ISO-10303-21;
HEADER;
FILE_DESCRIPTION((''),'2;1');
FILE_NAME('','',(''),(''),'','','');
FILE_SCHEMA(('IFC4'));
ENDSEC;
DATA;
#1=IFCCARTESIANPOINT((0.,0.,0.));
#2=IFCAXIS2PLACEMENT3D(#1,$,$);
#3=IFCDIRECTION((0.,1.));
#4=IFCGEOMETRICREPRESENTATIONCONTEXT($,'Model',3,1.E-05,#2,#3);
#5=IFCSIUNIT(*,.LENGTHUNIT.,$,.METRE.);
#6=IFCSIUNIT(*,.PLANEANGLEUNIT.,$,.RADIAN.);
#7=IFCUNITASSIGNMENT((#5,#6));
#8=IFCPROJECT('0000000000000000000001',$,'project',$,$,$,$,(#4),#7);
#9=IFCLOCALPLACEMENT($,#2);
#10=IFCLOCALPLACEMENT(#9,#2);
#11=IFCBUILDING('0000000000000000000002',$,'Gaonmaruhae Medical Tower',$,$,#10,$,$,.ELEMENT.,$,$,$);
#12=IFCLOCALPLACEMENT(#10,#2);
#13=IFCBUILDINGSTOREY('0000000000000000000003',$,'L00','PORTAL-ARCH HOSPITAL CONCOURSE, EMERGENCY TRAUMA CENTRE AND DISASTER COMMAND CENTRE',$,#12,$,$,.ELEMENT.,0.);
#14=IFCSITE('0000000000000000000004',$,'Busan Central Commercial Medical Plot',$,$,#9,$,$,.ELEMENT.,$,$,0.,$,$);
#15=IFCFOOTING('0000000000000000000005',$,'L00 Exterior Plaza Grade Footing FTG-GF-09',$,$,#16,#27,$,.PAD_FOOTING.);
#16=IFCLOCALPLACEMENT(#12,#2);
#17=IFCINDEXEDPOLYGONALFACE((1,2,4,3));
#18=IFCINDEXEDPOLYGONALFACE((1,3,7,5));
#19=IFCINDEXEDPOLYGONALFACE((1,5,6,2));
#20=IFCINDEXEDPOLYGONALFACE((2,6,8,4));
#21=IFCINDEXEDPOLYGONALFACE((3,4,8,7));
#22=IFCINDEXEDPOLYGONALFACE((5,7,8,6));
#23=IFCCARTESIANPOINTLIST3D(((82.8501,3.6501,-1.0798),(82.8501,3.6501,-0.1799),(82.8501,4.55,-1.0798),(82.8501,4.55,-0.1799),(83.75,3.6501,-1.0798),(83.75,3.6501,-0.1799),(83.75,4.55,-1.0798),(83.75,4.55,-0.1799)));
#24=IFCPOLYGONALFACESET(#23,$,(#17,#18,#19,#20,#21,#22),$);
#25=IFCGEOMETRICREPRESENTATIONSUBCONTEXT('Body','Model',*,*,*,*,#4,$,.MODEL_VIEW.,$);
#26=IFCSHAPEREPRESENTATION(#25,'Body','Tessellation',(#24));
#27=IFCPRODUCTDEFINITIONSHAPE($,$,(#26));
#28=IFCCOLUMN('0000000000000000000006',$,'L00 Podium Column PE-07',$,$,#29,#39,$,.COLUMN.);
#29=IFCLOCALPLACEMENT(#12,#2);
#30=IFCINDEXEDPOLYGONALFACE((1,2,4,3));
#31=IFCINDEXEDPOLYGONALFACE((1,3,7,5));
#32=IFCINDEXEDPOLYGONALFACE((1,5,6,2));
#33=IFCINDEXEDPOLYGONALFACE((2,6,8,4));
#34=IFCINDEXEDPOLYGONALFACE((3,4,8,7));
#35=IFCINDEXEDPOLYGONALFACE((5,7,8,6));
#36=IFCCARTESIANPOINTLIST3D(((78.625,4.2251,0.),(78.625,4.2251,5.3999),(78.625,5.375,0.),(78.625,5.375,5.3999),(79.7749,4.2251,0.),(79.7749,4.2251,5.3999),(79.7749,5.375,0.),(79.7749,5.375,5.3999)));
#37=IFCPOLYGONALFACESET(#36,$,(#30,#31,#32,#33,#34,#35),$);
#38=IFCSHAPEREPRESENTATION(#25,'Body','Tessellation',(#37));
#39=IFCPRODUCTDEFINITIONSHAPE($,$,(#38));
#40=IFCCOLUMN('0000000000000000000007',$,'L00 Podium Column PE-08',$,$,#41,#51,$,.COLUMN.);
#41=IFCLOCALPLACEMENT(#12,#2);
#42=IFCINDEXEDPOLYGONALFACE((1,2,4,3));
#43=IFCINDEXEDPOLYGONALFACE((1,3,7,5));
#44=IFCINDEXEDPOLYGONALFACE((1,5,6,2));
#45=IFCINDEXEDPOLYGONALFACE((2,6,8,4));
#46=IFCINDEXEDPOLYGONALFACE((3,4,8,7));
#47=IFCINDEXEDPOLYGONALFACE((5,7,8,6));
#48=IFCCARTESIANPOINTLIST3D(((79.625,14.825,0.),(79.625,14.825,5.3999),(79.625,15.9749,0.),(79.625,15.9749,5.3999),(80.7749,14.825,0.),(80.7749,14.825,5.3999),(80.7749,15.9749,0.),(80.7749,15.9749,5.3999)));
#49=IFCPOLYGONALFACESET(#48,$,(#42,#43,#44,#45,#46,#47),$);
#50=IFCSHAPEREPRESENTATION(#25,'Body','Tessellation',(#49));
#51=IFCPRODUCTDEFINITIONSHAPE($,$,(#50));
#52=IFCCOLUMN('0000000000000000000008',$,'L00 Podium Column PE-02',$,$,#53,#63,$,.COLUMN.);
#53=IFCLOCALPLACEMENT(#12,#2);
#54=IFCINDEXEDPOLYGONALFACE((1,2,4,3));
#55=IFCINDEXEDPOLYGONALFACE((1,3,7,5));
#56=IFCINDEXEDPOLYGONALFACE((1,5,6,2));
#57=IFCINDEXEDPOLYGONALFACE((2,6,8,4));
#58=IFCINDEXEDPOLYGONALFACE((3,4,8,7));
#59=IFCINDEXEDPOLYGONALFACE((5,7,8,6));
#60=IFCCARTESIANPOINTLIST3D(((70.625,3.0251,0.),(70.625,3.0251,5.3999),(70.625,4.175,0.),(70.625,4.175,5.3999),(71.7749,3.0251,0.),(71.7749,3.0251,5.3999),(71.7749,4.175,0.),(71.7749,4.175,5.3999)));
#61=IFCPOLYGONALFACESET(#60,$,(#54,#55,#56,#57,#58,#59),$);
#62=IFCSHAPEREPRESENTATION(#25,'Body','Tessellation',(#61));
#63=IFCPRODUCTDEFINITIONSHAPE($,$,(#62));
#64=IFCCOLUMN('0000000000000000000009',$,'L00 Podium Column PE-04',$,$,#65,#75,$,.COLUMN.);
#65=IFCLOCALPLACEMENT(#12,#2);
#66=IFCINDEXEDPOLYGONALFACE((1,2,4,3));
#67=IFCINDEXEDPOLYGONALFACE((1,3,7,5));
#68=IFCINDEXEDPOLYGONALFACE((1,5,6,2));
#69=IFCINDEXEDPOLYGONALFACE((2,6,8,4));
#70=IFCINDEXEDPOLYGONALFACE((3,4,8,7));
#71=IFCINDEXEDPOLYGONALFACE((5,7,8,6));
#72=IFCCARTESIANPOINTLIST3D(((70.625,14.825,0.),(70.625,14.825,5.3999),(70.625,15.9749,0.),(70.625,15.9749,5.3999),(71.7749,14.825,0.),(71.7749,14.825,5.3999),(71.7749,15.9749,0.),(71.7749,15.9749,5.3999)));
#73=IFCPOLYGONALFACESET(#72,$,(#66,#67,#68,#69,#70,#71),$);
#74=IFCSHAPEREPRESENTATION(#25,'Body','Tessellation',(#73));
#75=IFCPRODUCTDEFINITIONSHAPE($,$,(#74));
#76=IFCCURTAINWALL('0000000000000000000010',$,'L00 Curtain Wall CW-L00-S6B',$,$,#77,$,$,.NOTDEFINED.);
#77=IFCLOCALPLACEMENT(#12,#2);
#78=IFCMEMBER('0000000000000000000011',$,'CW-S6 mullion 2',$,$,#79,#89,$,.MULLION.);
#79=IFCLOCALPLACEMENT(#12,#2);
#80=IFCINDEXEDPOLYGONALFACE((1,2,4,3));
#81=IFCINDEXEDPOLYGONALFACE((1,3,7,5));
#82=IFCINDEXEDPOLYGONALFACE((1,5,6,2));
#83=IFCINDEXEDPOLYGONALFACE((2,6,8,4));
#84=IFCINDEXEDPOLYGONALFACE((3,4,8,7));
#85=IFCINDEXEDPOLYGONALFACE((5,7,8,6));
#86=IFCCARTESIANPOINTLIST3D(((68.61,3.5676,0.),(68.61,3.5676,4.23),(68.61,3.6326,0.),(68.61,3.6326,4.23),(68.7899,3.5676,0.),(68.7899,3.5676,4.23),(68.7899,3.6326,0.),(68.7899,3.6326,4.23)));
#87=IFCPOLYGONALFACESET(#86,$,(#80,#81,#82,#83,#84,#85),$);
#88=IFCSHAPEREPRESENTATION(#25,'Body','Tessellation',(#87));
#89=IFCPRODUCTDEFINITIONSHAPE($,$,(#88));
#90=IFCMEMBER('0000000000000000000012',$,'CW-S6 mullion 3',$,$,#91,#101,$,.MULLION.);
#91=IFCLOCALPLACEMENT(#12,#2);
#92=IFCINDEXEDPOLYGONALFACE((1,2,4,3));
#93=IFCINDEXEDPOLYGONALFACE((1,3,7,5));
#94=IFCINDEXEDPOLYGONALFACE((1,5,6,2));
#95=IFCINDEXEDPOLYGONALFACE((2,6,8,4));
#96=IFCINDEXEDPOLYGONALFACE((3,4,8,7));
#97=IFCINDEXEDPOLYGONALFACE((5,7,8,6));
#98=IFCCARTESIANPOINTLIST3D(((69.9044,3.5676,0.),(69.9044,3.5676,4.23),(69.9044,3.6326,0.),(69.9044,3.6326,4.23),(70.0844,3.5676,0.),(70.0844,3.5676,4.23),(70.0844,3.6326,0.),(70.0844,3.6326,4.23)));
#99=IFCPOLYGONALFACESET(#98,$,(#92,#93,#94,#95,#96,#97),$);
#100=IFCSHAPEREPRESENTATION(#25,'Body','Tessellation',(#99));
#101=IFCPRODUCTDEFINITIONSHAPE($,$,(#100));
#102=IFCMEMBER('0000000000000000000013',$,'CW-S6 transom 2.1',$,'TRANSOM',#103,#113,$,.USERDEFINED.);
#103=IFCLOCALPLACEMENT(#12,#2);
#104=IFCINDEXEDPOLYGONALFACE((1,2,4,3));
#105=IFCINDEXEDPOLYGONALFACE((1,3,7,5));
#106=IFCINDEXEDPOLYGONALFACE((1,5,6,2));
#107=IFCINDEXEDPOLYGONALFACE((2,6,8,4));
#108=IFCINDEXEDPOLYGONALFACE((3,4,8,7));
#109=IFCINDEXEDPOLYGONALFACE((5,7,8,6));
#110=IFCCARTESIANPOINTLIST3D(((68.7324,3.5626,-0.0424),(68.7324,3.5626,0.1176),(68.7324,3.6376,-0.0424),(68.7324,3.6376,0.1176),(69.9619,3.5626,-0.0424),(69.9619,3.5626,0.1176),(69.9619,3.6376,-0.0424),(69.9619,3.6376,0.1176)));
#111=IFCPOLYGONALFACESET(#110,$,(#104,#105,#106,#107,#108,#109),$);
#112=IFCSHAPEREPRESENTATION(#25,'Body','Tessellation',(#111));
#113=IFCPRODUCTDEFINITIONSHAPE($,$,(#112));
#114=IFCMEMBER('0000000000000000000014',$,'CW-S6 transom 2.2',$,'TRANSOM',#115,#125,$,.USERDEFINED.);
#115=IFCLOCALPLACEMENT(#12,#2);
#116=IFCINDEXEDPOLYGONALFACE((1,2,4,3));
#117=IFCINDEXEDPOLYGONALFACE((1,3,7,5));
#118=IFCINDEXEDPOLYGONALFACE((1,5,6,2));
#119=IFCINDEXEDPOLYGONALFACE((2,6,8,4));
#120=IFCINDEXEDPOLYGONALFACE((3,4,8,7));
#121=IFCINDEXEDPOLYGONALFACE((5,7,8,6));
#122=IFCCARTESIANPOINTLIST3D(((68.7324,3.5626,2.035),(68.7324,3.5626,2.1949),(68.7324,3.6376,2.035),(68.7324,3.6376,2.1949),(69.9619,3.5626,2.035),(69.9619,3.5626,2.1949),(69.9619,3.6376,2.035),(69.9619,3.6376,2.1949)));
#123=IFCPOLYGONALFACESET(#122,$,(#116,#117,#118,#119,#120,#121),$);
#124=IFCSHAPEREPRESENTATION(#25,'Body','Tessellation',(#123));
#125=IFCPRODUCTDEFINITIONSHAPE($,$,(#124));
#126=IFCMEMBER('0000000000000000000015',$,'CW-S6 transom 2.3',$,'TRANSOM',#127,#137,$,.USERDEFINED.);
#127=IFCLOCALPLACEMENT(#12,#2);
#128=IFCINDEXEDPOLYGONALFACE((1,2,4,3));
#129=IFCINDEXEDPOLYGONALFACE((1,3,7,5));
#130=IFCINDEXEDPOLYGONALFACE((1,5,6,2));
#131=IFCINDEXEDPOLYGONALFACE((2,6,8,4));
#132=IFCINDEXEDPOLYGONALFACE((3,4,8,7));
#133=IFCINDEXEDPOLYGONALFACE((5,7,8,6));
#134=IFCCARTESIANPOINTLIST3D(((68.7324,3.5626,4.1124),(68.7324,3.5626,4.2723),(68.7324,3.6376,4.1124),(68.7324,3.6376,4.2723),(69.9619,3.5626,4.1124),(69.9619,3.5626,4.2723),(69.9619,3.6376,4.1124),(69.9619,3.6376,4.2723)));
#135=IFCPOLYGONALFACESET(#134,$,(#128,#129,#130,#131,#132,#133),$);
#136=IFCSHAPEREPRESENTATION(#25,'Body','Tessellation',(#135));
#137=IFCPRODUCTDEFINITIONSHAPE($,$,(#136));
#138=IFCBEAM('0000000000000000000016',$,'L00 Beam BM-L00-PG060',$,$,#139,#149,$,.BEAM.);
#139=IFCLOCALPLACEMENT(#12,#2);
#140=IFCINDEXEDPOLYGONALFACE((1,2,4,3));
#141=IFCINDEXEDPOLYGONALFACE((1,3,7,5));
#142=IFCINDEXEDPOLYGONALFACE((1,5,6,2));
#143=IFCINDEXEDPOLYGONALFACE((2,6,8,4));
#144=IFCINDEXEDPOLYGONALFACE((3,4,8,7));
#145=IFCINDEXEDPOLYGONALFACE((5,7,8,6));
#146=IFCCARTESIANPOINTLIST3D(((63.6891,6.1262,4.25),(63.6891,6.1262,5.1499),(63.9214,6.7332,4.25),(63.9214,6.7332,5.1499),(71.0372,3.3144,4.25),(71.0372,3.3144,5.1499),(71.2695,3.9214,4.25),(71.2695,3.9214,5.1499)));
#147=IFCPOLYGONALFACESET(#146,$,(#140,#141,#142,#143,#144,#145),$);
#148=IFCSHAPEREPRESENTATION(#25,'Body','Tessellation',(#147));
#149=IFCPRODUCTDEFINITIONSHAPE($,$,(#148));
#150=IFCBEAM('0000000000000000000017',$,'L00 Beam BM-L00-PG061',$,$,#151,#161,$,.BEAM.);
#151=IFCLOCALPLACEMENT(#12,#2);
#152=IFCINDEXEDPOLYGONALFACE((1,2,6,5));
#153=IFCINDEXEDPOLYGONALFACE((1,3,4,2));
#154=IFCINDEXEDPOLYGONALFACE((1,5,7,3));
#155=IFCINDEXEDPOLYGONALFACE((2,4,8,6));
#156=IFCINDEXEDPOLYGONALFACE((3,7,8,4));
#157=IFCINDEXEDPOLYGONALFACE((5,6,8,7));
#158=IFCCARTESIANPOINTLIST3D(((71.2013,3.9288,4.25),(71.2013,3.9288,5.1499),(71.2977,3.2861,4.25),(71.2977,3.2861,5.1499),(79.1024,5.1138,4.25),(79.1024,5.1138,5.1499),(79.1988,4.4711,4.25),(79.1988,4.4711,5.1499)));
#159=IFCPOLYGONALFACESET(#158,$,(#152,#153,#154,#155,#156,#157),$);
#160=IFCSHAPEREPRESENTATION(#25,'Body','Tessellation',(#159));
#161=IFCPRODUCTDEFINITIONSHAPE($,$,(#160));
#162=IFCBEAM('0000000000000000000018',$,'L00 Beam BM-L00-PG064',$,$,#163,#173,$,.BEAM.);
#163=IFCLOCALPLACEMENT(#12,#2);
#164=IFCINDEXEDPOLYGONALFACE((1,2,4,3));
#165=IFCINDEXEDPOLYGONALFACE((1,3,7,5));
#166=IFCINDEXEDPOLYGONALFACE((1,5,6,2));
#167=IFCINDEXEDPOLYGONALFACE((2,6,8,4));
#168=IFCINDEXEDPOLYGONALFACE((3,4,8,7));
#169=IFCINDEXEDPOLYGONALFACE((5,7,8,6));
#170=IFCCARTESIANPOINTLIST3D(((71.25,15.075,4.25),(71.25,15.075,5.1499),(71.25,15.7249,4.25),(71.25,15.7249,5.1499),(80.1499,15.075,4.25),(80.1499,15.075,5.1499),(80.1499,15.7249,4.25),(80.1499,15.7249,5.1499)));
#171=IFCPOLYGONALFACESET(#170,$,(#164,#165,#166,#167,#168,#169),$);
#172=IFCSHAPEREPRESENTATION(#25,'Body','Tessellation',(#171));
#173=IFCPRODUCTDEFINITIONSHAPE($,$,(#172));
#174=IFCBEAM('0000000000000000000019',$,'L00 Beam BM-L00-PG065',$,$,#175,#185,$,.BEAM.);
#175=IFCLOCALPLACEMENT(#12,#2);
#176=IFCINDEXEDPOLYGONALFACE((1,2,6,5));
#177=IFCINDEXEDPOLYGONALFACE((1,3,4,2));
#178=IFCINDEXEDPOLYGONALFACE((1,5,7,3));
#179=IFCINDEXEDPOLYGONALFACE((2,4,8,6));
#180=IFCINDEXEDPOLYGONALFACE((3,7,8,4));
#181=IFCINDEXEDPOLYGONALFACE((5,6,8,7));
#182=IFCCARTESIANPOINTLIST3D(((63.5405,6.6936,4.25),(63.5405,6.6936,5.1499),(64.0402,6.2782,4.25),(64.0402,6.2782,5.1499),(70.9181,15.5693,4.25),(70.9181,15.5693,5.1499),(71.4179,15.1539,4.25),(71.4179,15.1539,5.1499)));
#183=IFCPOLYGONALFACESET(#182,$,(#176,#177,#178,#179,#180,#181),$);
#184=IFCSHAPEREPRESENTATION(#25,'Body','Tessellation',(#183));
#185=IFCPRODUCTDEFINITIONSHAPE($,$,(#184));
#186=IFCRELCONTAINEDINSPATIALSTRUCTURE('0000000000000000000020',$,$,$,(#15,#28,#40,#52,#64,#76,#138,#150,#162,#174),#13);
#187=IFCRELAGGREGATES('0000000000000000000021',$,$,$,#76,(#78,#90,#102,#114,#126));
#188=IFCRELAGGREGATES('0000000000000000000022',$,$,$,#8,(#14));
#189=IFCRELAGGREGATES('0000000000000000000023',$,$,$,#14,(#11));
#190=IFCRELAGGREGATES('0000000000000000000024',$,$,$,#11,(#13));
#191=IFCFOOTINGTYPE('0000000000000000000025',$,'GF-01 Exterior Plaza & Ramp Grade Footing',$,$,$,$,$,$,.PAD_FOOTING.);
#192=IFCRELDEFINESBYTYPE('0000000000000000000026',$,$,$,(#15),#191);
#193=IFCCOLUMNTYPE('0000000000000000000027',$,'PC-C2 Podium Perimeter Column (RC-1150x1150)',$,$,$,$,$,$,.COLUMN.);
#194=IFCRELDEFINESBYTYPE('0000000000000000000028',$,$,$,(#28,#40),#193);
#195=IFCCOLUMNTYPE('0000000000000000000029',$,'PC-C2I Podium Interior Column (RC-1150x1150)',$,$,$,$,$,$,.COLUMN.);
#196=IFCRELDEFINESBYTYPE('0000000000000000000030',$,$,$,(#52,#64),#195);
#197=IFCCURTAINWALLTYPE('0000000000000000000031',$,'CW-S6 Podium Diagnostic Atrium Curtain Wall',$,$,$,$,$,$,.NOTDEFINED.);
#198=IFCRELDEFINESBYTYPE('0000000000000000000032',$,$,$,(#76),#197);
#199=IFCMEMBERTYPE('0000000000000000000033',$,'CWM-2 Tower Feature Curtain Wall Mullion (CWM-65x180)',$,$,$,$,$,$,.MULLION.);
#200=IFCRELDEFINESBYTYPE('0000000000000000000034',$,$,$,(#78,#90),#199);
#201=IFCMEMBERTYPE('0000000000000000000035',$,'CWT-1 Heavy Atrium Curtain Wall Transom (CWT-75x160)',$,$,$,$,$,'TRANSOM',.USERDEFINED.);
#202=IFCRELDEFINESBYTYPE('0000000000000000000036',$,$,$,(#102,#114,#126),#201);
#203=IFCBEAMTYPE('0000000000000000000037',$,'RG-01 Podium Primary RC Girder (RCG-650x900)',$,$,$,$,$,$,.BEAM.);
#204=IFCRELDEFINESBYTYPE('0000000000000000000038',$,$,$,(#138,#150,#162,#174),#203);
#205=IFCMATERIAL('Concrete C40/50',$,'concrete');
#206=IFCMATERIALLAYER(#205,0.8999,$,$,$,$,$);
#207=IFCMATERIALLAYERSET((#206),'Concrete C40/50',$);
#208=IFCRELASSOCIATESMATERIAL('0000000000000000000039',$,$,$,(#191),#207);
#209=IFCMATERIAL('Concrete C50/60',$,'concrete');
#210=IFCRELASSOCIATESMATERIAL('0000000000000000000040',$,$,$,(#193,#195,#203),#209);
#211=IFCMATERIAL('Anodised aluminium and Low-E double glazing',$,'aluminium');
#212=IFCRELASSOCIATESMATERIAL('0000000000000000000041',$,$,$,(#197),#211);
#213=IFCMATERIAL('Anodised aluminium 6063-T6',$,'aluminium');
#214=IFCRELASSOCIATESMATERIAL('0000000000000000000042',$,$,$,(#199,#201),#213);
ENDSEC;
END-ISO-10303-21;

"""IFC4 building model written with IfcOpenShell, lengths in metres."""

from ifc_helpers import new_model, si_unit, direction, frame, origin, origin_2d, place, context, subcontext, project, spatial, rectangle, extrude, material, layer, layer_set, material_profile, profile_set, type_object, element, aggregate, save


model = new_model("IFC4")

# Units and contexts
model_context = context("Model", 3, precision=1e-05, world=origin(), true_north=direction((0.0, 1.0)))
body_context = subcontext(model_context, "Body", "Model", "MODEL_VIEW")
ifc_project = project(units=[si_unit("LENGTHUNIT", "METRE"), si_unit("PLANEANGLEUNIT", "RADIAN")], contexts=[model_context])

# Site, building, storey
site_placement = place(None, origin())
site = spatial("IfcSite", under=ifc_project, at=site_placement, Name="Busan Central Commercial Medical Plot", CompositionType="ELEMENT", RefElevation=0.0)
building_placement = place(site_placement, origin())
building = spatial("IfcBuilding", under=site, at=building_placement, Name="Gaonmaruhae Medical Tower", CompositionType="ELEMENT")
storey_placement = place(building_placement, origin())
storey = spatial("IfcBuildingStorey", under=building, at=storey_placement, Name="L00", Description="PORTAL-ARCH HOSPITAL CONCOURSE, EMERGENCY TRAUMA CENTRE AND DISASTER COMMAND CENTRE", CompositionType="ELEMENT", Elevation=0.0)

# Footing
ifc_material_1 = material(Name="Concrete C40/50", Category="concrete")
ifc_layer_1 = layer(ifc_material_1, 0.8999)
ifc_layer_set_1 = layer_set([ifc_layer_1], Name="Concrete C40/50")
footing_type = type_object("IfcFootingType", Name="GF-01 Exterior Plaza & Ramp Grade Footing", PredefinedType="PAD_FOOTING", material=ifc_layer_set_1)
footing_placement = place(storey_placement, frame((83.3, 4.1001, -1.0798), z_axis=(0.0, 0.0, 1.0), x_axis=(1.0, 0.0, 0.0)))
element("IfcFooting", 1, at=footing_placement, inside=storey, type_object=footing_type, Name="L00 Exterior Plaza Grade Footing FTG-GF-09", PredefinedType="PAD_FOOTING", context=body_context, shape_type="SweptSolid", body=[
    extrude(rectangle(XDim=0.8999, YDim=0.8999, at=origin_2d()), origin(), (0.0, 0.0, 1.0), 0.8999),
])

# Columns
ifc_material_2 = material(Name="Concrete C50/60", Category="concrete")
ifc_material_profile_1 = material_profile(ifc_material_2, rectangle(XDim=1.1499, YDim=1.1499, at=origin_2d()), Name="RC-1150x1150")
ifc_profile_set_1 = profile_set([ifc_material_profile_1], Name="Concrete C50/60")
column_type_1 = type_object("IfcColumnType", Name="PC-C2 Podium Perimeter Column (RC-1150x1150)", PredefinedType="COLUMN", material=ifc_profile_set_1)
for number, where, z_axis, x_axis, name in (
    (2, (79.2, 4.8, 0.0), (0.0, 0.0, 1.0), (1.0, 0.0, 0.0), "L00 Podium Column PE-07"),
    (3, (80.2, 15.3999, 0.0), (0.0, 0.0, 1.0), (1.0, 0.0, 0.0), "L00 Podium Column PE-08"),
):
    element("IfcColumn", number, at=place(storey_placement, frame(where, z_axis=z_axis, x_axis=x_axis)), inside=storey, type_object=column_type_1, Name=name, PredefinedType="COLUMN", context=body_context, shape_type="SweptSolid", body=[
        extrude(rectangle(XDim=1.1499, YDim=1.1499, at=origin_2d()), origin(), (0.0, 0.0, 1.0), 5.3999),
    ])
ifc_material_profile_2 = material_profile(ifc_material_2, rectangle(XDim=1.1499, YDim=1.1499, at=origin_2d()), Name="RC-1150x1150")
ifc_profile_set_2 = profile_set([ifc_material_profile_2], Name="Concrete C50/60")
column_type_2 = type_object("IfcColumnType", Name="PC-C2I Podium Interior Column (RC-1150x1150)", PredefinedType="COLUMN", material=ifc_profile_set_2)
for number, where, z_axis, x_axis, name in (
    (4, (71.2, 3.6001, 0.0), (0.0, 0.0, 1.0), (1.0, 0.0, 0.0), "L00 Podium Column PE-02"),
    (5, (71.2, 15.3999, 0.0), (0.0, 0.0, 1.0), (1.0, 0.0, 0.0), "L00 Podium Column PE-04"),
):
    element("IfcColumn", number, at=place(storey_placement, frame(where, z_axis=z_axis, x_axis=x_axis)), inside=storey, type_object=column_type_2, Name=name, PredefinedType="COLUMN", context=body_context, shape_type="SweptSolid", body=[
        extrude(rectangle(XDim=1.1499, YDim=1.1499, at=origin_2d()), origin(), (0.0, 0.0, 1.0), 5.3999),
    ])

# Curtain wall, members
ifc_material_3 = material(Name="Anodised aluminium and Low-E double glazing", Category="aluminium")
curtain_wall_type = type_object("IfcCurtainWallType", Name="CW-S6 Podium Diagnostic Atrium Curtain Wall", PredefinedType="NOTDEFINED", material=ifc_material_3)
curtain_wall_placement = place(storey_placement, origin())
curtain_wall = element("IfcCurtainWall", 6, at=curtain_wall_placement, inside=storey, type_object=curtain_wall_type, Name="L00 Curtain Wall CW-L00-S6B", PredefinedType="NOTDEFINED")
ifc_material_4 = material(Name="Anodised aluminium 6063-T6", Category="aluminium")
ifc_material_profile_3 = material_profile(ifc_material_4, rectangle(XDim=0.0649, YDim=0.1799, at=origin_2d()), Name="CWM-65x180")
ifc_profile_set_3 = profile_set([ifc_material_profile_3], Name="Anodised aluminium 6063-T6")
member_type_1 = type_object("IfcMemberType", Name="CWM-2 Tower Feature Curtain Wall Mullion (CWM-65x180)", PredefinedType="MULLION", material=ifc_profile_set_3)
member_1_placement = place(storey_placement, frame((68.7, 3.6001, 0.0), z_axis=(0.0, 0.0, 1.0), x_axis=(0.0, 1.0, 0.0)))
member_1 = element("IfcMember", 7, at=member_1_placement, type_object=member_type_1, Name="CW-S6 mullion 2", PredefinedType="MULLION", context=body_context, shape_type="SweptSolid", body=[
    extrude(rectangle(XDim=0.0649, YDim=0.1799, at=origin_2d()), origin(), (0.0, 0.0, 1.0), 4.23),
])
member_2_placement = place(storey_placement, frame((69.9944, 3.6001, 0.0), z_axis=(0.0, 0.0, 1.0), x_axis=(0.0, 1.0, 0.0)))
member_2 = element("IfcMember", 8, at=member_2_placement, type_object=member_type_1, Name="CW-S6 mullion 3", PredefinedType="MULLION", context=body_context, shape_type="SweptSolid", body=[
    extrude(rectangle(XDim=0.0649, YDim=0.1799, at=origin_2d()), origin(), (0.0, 0.0, 1.0), 4.23),
])
ifc_material_profile_4 = material_profile(ifc_material_4, rectangle(XDim=0.075, YDim=0.1599, at=origin_2d()), Name="CWT-75x160")
ifc_profile_set_4 = profile_set([ifc_material_profile_4], Name="Anodised aluminium 6063-T6")
member_type_2 = type_object("IfcMemberType", Name="CWT-1 Heavy Atrium Curtain Wall Transom (CWT-75x160)", ElementType="TRANSOM", PredefinedType="USERDEFINED", material=ifc_profile_set_4)
member_3_placement = place(storey_placement, frame((68.7324, 3.6001, 0.0376), z_axis=(1.0, 0.0, 0.0), x_axis=(0.0, 1.0, 0.0)))
member_3 = element("IfcMember", 9, at=member_3_placement, type_object=member_type_2, Name="CW-S6 transom 2.1", ObjectType="TRANSOM", PredefinedType="USERDEFINED", context=body_context, shape_type="SweptSolid", body=[
    extrude(rectangle(XDim=0.075, YDim=0.1599, at=origin_2d()), origin(), (0.0, 0.0, 1.0), 1.2295),
])
member_4_placement = place(storey_placement, frame((68.7324, 3.6001, 2.115), z_axis=(1.0, 0.0, 0.0), x_axis=(0.0, 1.0, 0.0)))
member_4 = element("IfcMember", 10, at=member_4_placement, type_object=member_type_2, Name="CW-S6 transom 2.2", ObjectType="TRANSOM", PredefinedType="USERDEFINED", context=body_context, shape_type="SweptSolid", body=[
    extrude(rectangle(XDim=0.075, YDim=0.1599, at=origin_2d()), origin(), (0.0, 0.0, 1.0), 1.2295),
])
member_5_placement = place(storey_placement, frame((68.7324, 3.6001, 4.1924), z_axis=(1.0, 0.0, 0.0), x_axis=(0.0, 1.0, 0.0)))
member_5 = element("IfcMember", 11, at=member_5_placement, type_object=member_type_2, Name="CW-S6 transom 2.3", ObjectType="TRANSOM", PredefinedType="USERDEFINED", context=body_context, shape_type="SweptSolid", body=[
    extrude(rectangle(XDim=0.075, YDim=0.1599, at=origin_2d()), origin(), (0.0, 0.0, 1.0), 1.2295),
])

# Beams
ifc_material_profile_5 = material_profile(ifc_material_2, rectangle(XDim=0.6499, YDim=0.8999, at=origin_2d()), Name="RCG-650x900")
ifc_profile_set_5 = profile_set([ifc_material_profile_5], Name="Concrete C50/60")
beam_type = type_object("IfcBeamType", Name="RG-01 Podium Primary RC Girder (RCG-650x900)", PredefinedType="BEAM", material=ifc_profile_set_5)
beam_1_placement = place(storey_placement, frame((71.1533, 3.6179, 4.7), z_axis=(-0.933959, 0.35738, 0.0), x_axis=(-0.35738, -0.933959, 0.0)))
element("IfcBeam", 12, at=beam_1_placement, inside=storey, type_object=beam_type, Name="L00 Beam BM-L00-PG060", PredefinedType="BEAM", context=body_context, shape_type="SweptSolid", body=[
    extrude(rectangle(XDim=0.6499, YDim=0.8999, at=origin_2d()), origin(), (0.0, 0.0, 1.0), 7.8677),
])
beam_2_placement = place(storey_placement, frame((71.2495, 3.6074, 4.7), z_axis=(0.988938, 0.148327, 0.0), x_axis=(-0.148327, 0.988938, 0.0)))
element("IfcBeam", 13, at=beam_2_placement, inside=storey, type_object=beam_type, Name="L00 Beam BM-L00-PG061", PredefinedType="BEAM", context=body_context, shape_type="SweptSolid", body=[
    extrude(rectangle(XDim=0.6499, YDim=0.8999, at=origin_2d()), origin(), (0.0, 0.0, 1.0), 7.9895),
])
beam_3_placement = place(storey_placement, frame((71.25, 15.3999, 4.7), z_axis=(1.0, 0.0, 0.0), x_axis=(0.0, 1.0, 0.0)))
element("IfcBeam", 14, at=beam_3_placement, inside=storey, type_object=beam_type, Name="L00 Beam BM-L00-PG064", PredefinedType="BEAM", context=body_context, shape_type="SweptSolid", body=[
    extrude(rectangle(XDim=0.6499, YDim=0.8999, at=origin_2d()), origin(), (0.0, 0.0, 1.0), 8.8999),
])
beam_4_placement = place(storey_placement, frame((71.168, 15.3616, 4.7), z_axis=(-0.639225, -0.76902, 0.0), x_axis=(0.76902, -0.639225, 0.0)))
element("IfcBeam", 15, at=beam_4_placement, inside=storey, type_object=beam_type, Name="L00 Beam BM-L00-PG065", PredefinedType="BEAM", context=body_context, shape_type="SweptSolid", body=[
    extrude(rectangle(XDim=0.6499, YDim=0.8999, at=origin_2d()), origin(), (0.0, 0.0, 1.0), 11.5415),
])

aggregate(curtain_wall, [member_1, member_2, member_3, member_4, member_5])

save(model, "model.ifc")
